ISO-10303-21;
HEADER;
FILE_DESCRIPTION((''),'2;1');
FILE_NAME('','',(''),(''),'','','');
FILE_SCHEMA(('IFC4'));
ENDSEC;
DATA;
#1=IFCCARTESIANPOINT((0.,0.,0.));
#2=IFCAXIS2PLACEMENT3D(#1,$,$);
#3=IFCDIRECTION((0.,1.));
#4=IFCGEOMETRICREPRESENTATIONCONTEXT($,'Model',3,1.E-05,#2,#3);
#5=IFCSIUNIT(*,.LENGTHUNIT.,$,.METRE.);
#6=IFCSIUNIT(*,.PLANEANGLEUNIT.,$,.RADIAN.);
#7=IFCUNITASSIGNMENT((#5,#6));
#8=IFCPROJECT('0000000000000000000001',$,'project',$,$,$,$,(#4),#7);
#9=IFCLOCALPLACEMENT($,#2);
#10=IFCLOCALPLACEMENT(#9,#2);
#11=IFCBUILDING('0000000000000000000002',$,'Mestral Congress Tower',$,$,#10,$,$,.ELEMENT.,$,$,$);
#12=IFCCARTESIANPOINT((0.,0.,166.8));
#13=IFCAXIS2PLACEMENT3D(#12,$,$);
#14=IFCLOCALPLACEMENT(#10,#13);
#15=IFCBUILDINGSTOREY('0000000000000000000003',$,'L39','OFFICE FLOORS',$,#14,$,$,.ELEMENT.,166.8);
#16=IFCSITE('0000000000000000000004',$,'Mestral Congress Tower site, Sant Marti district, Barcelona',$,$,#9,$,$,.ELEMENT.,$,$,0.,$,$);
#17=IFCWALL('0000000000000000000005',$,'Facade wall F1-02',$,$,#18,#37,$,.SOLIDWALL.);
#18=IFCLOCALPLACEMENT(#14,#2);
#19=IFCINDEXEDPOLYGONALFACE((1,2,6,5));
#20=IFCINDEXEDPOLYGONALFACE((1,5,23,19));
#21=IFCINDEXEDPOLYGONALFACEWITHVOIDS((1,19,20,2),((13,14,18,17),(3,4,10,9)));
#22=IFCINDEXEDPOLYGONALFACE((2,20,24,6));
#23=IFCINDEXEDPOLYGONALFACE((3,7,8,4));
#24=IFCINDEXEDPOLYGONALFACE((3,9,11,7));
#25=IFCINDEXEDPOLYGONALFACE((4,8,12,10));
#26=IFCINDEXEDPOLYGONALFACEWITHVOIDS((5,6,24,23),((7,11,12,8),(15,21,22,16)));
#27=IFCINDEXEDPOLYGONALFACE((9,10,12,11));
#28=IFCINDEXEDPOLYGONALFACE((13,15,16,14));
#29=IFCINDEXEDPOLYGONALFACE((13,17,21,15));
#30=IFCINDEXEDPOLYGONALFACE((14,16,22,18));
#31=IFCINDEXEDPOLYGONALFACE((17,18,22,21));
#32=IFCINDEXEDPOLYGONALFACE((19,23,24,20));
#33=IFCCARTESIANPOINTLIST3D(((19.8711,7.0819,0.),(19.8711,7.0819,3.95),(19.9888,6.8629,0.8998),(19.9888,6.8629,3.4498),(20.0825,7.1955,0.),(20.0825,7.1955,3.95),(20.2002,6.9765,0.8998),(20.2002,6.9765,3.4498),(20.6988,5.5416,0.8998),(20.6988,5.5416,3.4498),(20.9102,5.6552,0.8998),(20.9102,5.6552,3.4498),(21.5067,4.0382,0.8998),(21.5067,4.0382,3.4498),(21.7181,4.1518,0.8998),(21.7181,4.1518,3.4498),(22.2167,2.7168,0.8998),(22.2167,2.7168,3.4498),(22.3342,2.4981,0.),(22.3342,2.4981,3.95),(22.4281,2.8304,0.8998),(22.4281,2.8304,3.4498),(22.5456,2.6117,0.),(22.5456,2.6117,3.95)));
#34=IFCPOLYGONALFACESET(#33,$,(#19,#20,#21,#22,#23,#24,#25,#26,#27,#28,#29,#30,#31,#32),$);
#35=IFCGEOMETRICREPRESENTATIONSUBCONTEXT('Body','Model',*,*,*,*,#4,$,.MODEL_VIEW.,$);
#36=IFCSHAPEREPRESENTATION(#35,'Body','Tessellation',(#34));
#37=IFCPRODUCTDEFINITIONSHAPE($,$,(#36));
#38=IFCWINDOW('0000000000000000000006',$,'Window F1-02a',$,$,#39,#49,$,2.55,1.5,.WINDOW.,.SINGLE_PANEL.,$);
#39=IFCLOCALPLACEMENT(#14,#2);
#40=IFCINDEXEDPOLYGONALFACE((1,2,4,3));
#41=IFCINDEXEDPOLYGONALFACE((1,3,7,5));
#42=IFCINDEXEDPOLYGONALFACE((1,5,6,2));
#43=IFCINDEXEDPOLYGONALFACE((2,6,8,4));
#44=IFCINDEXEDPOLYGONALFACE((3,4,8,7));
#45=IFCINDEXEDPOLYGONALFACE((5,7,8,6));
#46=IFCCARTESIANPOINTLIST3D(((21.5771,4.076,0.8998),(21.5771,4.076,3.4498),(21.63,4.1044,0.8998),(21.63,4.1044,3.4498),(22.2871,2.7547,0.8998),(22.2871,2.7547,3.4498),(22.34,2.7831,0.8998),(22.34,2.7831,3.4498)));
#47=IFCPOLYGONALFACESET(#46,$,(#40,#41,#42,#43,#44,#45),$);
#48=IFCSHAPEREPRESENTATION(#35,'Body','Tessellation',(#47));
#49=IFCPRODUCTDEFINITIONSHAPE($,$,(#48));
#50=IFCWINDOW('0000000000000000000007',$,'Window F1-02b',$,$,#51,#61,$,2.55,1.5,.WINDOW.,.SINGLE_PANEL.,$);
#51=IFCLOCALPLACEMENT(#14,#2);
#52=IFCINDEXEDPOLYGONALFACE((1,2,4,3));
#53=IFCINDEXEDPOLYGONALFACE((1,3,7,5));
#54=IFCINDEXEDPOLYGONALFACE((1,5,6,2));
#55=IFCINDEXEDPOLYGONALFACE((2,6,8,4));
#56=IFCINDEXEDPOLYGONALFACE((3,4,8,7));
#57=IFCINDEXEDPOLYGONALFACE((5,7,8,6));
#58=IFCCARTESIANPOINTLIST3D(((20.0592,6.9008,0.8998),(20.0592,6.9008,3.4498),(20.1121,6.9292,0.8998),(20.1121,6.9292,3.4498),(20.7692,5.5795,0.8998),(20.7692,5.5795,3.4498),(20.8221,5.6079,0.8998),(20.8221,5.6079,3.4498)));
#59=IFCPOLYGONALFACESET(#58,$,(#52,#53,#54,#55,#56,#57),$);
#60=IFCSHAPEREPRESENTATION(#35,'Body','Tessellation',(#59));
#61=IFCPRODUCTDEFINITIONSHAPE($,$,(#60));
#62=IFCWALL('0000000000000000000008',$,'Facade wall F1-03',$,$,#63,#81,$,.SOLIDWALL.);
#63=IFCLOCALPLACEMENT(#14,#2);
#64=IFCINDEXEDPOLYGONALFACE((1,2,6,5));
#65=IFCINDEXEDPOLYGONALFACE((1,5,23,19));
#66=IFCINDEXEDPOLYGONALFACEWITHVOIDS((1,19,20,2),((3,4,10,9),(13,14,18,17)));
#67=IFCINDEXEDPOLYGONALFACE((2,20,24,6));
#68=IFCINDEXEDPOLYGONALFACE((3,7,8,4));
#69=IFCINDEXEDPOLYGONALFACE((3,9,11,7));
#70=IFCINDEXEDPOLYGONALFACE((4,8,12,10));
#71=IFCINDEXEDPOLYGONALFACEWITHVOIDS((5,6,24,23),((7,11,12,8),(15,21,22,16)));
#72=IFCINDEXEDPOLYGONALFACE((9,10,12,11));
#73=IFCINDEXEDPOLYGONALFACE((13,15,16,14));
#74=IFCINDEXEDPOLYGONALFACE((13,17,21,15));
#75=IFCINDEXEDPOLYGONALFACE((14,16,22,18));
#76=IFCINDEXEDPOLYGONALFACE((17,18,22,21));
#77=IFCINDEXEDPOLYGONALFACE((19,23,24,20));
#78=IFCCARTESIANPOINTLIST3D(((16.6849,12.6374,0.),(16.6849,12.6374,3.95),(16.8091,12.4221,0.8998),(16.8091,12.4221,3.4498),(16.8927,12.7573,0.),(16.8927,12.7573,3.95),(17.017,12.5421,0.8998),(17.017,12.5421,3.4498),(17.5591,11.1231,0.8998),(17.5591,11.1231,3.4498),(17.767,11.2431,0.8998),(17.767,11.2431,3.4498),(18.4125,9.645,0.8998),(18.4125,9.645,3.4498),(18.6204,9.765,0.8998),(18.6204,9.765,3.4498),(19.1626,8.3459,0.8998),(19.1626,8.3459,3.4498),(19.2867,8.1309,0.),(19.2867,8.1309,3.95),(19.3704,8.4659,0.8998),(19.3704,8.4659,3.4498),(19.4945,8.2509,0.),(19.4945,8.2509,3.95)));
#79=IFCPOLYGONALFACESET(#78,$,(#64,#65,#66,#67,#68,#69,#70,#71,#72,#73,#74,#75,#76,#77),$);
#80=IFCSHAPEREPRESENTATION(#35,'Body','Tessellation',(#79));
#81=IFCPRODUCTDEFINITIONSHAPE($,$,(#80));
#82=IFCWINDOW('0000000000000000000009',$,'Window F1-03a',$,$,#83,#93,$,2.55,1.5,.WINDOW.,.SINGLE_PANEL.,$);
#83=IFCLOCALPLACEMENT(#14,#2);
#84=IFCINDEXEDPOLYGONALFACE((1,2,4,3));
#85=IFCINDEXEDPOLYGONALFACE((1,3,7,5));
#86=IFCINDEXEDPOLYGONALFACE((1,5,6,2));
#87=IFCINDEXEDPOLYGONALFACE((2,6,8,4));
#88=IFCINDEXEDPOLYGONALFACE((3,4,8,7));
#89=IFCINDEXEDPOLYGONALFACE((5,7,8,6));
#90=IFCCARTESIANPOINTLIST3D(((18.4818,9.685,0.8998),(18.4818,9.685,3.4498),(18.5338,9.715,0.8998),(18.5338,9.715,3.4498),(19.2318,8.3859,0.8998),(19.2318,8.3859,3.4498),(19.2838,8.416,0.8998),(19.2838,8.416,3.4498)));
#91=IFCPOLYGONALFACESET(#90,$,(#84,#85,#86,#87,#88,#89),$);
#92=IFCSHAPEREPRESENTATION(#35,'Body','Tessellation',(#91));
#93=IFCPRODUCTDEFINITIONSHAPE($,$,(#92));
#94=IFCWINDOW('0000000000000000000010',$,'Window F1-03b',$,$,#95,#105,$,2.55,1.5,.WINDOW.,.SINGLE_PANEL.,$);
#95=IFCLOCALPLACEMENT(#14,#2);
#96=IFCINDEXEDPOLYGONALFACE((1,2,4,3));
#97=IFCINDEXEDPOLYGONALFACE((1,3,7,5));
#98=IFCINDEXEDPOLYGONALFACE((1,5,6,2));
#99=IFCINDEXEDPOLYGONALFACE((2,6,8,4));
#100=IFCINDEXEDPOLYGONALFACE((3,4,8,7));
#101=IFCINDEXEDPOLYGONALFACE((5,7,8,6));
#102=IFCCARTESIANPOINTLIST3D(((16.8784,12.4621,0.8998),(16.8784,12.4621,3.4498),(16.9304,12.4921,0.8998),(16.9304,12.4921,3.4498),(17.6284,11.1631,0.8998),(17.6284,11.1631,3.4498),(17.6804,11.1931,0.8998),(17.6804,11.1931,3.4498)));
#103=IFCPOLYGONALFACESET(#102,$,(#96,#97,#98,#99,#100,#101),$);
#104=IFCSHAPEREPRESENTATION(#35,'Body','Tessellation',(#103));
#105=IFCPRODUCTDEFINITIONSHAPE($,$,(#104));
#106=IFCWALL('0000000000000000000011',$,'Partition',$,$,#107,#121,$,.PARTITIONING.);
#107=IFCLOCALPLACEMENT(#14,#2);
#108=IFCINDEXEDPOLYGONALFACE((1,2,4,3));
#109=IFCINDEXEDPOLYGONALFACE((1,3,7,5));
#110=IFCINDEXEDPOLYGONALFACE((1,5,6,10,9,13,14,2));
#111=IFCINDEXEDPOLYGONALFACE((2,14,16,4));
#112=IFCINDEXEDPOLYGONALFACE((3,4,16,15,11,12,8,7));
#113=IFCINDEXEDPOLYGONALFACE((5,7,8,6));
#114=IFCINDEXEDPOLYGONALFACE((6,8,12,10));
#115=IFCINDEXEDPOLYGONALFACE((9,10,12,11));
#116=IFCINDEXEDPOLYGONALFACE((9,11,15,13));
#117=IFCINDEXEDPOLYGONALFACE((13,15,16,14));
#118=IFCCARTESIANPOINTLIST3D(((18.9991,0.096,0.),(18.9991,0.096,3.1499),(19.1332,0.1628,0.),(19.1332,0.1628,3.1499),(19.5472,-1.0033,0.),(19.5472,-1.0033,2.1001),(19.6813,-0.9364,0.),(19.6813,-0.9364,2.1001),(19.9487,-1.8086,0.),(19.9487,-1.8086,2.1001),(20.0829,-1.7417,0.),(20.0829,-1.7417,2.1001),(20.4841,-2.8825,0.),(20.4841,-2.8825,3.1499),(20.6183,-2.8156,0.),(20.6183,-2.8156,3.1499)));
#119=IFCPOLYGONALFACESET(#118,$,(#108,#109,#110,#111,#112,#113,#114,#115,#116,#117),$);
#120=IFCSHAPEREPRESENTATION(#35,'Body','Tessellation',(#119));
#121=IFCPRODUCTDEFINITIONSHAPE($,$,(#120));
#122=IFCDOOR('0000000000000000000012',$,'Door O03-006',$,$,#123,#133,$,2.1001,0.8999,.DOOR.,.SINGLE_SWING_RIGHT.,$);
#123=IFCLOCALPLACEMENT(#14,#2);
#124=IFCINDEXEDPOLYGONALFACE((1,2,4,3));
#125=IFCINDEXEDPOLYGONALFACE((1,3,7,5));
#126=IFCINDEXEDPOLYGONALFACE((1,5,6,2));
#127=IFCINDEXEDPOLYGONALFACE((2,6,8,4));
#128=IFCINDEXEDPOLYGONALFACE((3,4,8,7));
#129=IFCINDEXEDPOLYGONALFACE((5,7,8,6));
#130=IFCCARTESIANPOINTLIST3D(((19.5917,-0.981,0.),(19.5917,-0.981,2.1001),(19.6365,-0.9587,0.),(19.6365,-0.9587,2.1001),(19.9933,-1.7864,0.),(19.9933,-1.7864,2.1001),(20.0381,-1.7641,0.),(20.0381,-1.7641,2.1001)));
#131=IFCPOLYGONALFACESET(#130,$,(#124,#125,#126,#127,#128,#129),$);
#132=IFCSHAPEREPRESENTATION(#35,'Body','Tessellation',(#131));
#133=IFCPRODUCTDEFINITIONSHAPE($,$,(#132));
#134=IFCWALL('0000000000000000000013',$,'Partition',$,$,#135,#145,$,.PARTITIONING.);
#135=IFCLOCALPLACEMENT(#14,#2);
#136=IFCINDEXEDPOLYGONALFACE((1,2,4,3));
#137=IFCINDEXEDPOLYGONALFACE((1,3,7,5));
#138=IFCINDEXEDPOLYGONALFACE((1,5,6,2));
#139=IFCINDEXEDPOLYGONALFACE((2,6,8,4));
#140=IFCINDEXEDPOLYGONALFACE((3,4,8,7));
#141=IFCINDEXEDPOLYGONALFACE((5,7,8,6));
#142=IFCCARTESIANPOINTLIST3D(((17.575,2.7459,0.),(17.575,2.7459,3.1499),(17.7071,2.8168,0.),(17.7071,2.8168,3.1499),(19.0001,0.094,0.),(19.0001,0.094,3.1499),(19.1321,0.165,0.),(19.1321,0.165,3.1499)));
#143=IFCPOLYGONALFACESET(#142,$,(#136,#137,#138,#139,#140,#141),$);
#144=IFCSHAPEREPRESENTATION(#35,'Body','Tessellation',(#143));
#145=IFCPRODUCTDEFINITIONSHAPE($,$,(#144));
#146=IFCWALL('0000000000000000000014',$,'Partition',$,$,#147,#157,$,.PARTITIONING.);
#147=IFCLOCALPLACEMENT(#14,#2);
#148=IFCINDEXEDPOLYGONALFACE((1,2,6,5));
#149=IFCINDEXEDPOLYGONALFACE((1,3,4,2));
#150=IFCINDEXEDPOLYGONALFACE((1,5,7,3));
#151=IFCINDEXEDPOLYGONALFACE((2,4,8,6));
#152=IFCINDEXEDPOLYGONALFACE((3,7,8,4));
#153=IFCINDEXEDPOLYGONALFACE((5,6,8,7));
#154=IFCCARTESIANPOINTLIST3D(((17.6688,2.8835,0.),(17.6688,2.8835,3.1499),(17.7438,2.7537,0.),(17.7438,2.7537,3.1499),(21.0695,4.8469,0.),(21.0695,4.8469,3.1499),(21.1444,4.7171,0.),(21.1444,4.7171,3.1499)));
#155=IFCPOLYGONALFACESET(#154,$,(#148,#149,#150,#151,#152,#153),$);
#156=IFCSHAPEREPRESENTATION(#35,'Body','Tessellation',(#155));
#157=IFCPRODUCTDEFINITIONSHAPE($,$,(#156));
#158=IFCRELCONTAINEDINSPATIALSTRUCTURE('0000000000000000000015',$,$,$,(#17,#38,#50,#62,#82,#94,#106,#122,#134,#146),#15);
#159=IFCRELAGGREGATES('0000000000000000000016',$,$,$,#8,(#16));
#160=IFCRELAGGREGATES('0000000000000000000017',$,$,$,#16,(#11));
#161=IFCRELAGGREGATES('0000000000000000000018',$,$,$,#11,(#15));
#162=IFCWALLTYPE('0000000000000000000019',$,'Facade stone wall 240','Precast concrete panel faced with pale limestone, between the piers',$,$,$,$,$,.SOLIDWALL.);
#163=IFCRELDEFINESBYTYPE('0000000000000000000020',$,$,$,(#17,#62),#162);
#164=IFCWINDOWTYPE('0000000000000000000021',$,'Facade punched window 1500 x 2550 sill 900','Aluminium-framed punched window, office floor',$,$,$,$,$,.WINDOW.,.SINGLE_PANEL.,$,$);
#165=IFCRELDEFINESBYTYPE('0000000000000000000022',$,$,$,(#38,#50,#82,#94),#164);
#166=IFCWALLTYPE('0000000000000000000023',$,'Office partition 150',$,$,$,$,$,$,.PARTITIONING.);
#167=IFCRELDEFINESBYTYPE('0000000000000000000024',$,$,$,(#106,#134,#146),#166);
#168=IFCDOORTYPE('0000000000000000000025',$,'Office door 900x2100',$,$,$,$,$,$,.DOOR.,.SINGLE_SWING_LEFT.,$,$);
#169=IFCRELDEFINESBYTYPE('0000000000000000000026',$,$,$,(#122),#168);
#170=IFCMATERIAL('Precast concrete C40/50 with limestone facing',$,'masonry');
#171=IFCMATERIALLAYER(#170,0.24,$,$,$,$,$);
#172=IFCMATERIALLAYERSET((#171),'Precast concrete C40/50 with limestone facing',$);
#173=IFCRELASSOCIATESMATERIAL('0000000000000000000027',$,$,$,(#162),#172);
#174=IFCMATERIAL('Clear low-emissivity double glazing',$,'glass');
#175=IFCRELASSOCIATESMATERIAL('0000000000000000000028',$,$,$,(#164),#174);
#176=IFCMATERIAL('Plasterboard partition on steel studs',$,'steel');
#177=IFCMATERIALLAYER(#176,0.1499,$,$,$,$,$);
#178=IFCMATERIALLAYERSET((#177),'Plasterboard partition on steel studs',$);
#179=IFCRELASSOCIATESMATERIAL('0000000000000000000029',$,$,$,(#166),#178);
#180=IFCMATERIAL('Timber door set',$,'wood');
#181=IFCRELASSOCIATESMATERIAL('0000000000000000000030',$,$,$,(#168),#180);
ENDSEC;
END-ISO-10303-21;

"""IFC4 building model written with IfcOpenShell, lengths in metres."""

from ifc_helpers import new_model, si_unit, direction, frame, frame_2d, origin, place, context, subcontext, project, spatial, rectangle, extrude, material, layer, layer_set, type_object, element, fill, save


model = new_model("IFC4")

# Units and contexts
model_context = context("Model", 3, precision=1e-05, world=origin(), true_north=direction((0.0, 1.0)))
body_context = subcontext(model_context, "Body", "Model", "MODEL_VIEW")
ifc_project = project(units=[si_unit("LENGTHUNIT", "METRE"), si_unit("PLANEANGLEUNIT", "RADIAN")], contexts=[model_context])

# Site, building, storey
site_placement = place(None, origin())
site = spatial("IfcSite", under=ifc_project, at=site_placement, Name="Mestral Congress Tower site, Sant Marti district, Barcelona", CompositionType="ELEMENT", RefElevation=0.0)
building_placement = place(site_placement, origin())
building = spatial("IfcBuilding", under=site, at=building_placement, Name="Mestral Congress Tower", CompositionType="ELEMENT")
storey_placement = place(building_placement, frame((0.0, 0.0, 166.8)))
storey = spatial("IfcBuildingStorey", under=building, at=storey_placement, Name="L39", Description="OFFICE FLOORS", CompositionType="ELEMENT", Elevation=166.8)

# Walls, openings, windows
ifc_material_1 = material(Name="Precast concrete C40/50 with limestone facing", Category="masonry")
ifc_layer_1 = layer(ifc_material_1, 0.24)
ifc_layer_set_1 = layer_set([ifc_layer_1], Name="Precast concrete C40/50 with limestone facing")
wall_type_1 = type_object("IfcWallType", Name="Facade stone wall 240", Description="Precast concrete panel faced with pale limestone, between the piers", PredefinedType="SOLIDWALL", material=ifc_layer_set_1)
wall_1_placement = place(storey_placement, frame((22.4399, 2.5549, 0.0), z_axis=(0.0, 0.0, 1.0), x_axis=(-0.47335, 0.880875, 0.0)))
wall_1 = element("IfcWall", 1, at=wall_1_placement, inside=storey, type_object=wall_type_1, Name="Facade wall F1-02", PredefinedType="SOLIDWALL", context=body_context, shape_type="SweptSolid", body=[
    extrude(rectangle(XDim=5.2036, YDim=0.24, at=frame_2d((2.6018, 0.0))), origin(), (0.0, 0.0, 1.0), 3.95),
])
opening_1_placement = place(wall_1_placement, frame((0.2483, 0.0, 0.8999)))
opening_1 = element("IfcOpeningElement", 2, at=opening_1_placement, cuts=wall_1, PredefinedType="OPENING", context=body_context, shape_type="SweptSolid", body=[
    extrude(rectangle(XDim=1.5, YDim=2.55, at=frame_2d((0.75, 1.2749))), frame((0.0, 0.1299, 0.0), z_axis=(0.0, -1.0, 0.0), x_axis=(1.0, 0.0, 0.0)), (0.0, 0.0, 1.0), 0.26),
])
opening_2_placement = place(wall_1_placement, frame((3.4551, 0.0, 0.8999)))
opening_2 = element("IfcOpeningElement", 3, at=opening_2_placement, cuts=wall_1, PredefinedType="OPENING", context=body_context, shape_type="SweptSolid", body=[
    extrude(rectangle(XDim=1.5, YDim=2.55, at=frame_2d((0.75, 1.2749))), frame((0.0, 0.1299, 0.0), z_axis=(0.0, -1.0, 0.0), x_axis=(1.0, 0.0, 0.0)), (0.0, 0.0, 1.0), 0.26),
])
ifc_material_2 = material(Name="Clear low-emissivity double glazing", Category="glass")
window_type = type_object("IfcWindowType", Name="Facade punched window 1500 x 2550 sill 900", Description="Aluminium-framed punched window, office floor", PartitioningType="SINGLE_PANEL", PredefinedType="WINDOW", material=ifc_material_2)
window_1_placement = place(opening_1_placement, origin())
window_1 = element("IfcWindow", 4, at=window_1_placement, inside=storey, type_object=window_type, Name="Window F1-02a", OverallHeight=2.55, OverallWidth=1.5, PartitioningType="SINGLE_PANEL", PredefinedType="WINDOW", context=body_context, shape_type="SweptSolid", body=[
    extrude(rectangle(XDim=1.5, YDim=2.55, at=frame_2d((0.75, 1.2749))), frame((0.0, 0.04, 0.0), z_axis=(0.0, -1.0, 0.0), x_axis=(1.0, 0.0, 0.0)), (0.0, 0.0, 1.0), 0.0601),
])
fill(opening_1, window_1)
window_2_placement = place(opening_2_placement, origin())
window_2 = element("IfcWindow", 5, at=window_2_placement, inside=storey, type_object=window_type, Name="Window F1-02b", OverallHeight=2.55, OverallWidth=1.5, PartitioningType="SINGLE_PANEL", PredefinedType="WINDOW", context=body_context, shape_type="SweptSolid", body=[
    extrude(rectangle(XDim=1.5, YDim=2.55, at=frame_2d((0.75, 1.2749))), frame((0.0, 0.04, 0.0), z_axis=(0.0, -1.0, 0.0), x_axis=(1.0, 0.0, 0.0)), (0.0, 0.0, 1.0), 0.0601),
])
fill(opening_2, window_2)
wall_2_placement = place(storey_placement, frame((19.3906, 8.1909, 0.0), z_axis=(0.0, 0.0, 1.0), x_axis=(-0.500009, 0.86602, 0.0)))
wall_2 = element("IfcWall", 6, at=wall_2_placement, inside=storey, type_object=wall_type_1, Name="Facade wall F1-03", PredefinedType="SOLIDWALL", context=body_context, shape_type="SweptSolid", body=[
    extrude(rectangle(XDim=5.2036, YDim=0.24, at=frame_2d((2.6018, 0.0))), origin(), (0.0, 0.0, 1.0), 3.95),
])
opening_3_placement = place(wall_2_placement, frame((0.2483, 0.0, 0.8999)))
opening_3 = element("IfcOpeningElement", 7, at=opening_3_placement, cuts=wall_2, PredefinedType="OPENING", context=body_context, shape_type="SweptSolid", body=[
    extrude(rectangle(XDim=1.5, YDim=2.55, at=frame_2d((0.75, 1.2749))), frame((0.0, 0.1299, 0.0), z_axis=(0.0, -1.0, 0.0), x_axis=(1.0, 0.0, 0.0)), (0.0, 0.0, 1.0), 0.26),
])
opening_4_placement = place(wall_2_placement, frame((3.4551, 0.0, 0.8999)))
opening_4 = element("IfcOpeningElement", 8, at=opening_4_placement, cuts=wall_2, PredefinedType="OPENING", context=body_context, shape_type="SweptSolid", body=[
    extrude(rectangle(XDim=1.5, YDim=2.55, at=frame_2d((0.75, 1.2749))), frame((0.0, 0.1299, 0.0), z_axis=(0.0, -1.0, 0.0), x_axis=(1.0, 0.0, 0.0)), (0.0, 0.0, 1.0), 0.26),
])
window_3_placement = place(opening_3_placement, origin())
window_3 = element("IfcWindow", 9, at=window_3_placement, inside=storey, type_object=window_type, Name="Window F1-03a", OverallHeight=2.55, OverallWidth=1.5, PartitioningType="SINGLE_PANEL", PredefinedType="WINDOW", context=body_context, shape_type="SweptSolid", body=[
    extrude(rectangle(XDim=1.5, YDim=2.55, at=frame_2d((0.75, 1.2749))), frame((0.0, 0.04, 0.0), z_axis=(0.0, -1.0, 0.0), x_axis=(1.0, 0.0, 0.0)), (0.0, 0.0, 1.0), 0.0601),
])
fill(opening_3, window_3)
window_4_placement = place(opening_4_placement, origin())
window_4 = element("IfcWindow", 10, at=window_4_placement, inside=storey, type_object=window_type, Name="Window F1-03b", OverallHeight=2.55, OverallWidth=1.5, PartitioningType="SINGLE_PANEL", PredefinedType="WINDOW", context=body_context, shape_type="SweptSolid", body=[
    extrude(rectangle(XDim=1.5, YDim=2.55, at=frame_2d((0.75, 1.2749))), frame((0.0, 0.04, 0.0), z_axis=(0.0, -1.0, 0.0), x_axis=(1.0, 0.0, 0.0)), (0.0, 0.0, 1.0), 0.0601),
])
fill(opening_4, window_4)

# Wall, opening, door
ifc_material_3 = material(Name="Plasterboard partition on steel studs", Category="steel")
ifc_layer_2 = layer(ifc_material_3, 0.1499)
ifc_layer_set_2 = layer_set([ifc_layer_2], Name="Plasterboard partition on steel studs")
wall_type_2 = type_object("IfcWallType", Name="Office partition 150", PredefinedType="PARTITIONING", material=ifc_layer_set_2)
wall_3_placement = place(storey_placement, frame((19.0662, 0.1294, 0.0), z_axis=(0.0, 0.0, 1.0), x_axis=(0.446216, -0.894925, 0.0)))
wall_3 = element("IfcWall", 11, at=wall_3_placement, inside=storey, type_object=wall_type_2, Name="Partition", PredefinedType="PARTITIONING", context=body_context, shape_type="SweptSolid", body=[
    extrude(rectangle(XDim=3.3281, YDim=0.1499, at=frame_2d((1.6641, 0.0))), origin(), (0.0, 0.0, 1.0), 3.1499),
])
opening_5_placement = place(wall_3_placement, frame((1.2283, 0.0, 0.0)))
opening_5 = element("IfcOpeningElement", 12, at=opening_5_placement, cuts=wall_3, PredefinedType="OPENING", context=body_context, shape_type="SweptSolid", body=[
    extrude(rectangle(XDim=0.8999, YDim=2.1001, at=frame_2d((0.45, 1.05))), frame((0.0, 0.085, 0.0), z_axis=(0.0, -1.0, 0.0), x_axis=(1.0, 0.0, 0.0)), (0.0, 0.0, 1.0), 0.1699),
])
ifc_material_4 = material(Name="Timber door set", Category="wood")
door_type_1 = type_object("IfcDoorType", Name="Office door 900x2100", OperationType="SINGLE_SWING_LEFT", PredefinedType="DOOR", material=ifc_material_4)
door_1_placement = place(opening_5_placement, origin())
door_1 = element("IfcDoor", 13, at=door_1_placement, inside=storey, type_object=door_type_1, Name="Door O03-006", OperationType="SINGLE_SWING_RIGHT", OverallHeight=2.1001, OverallWidth=0.8999, PredefinedType="DOOR", context=body_context, shape_type="SweptSolid", body=[
    extrude(rectangle(XDim=0.8999, YDim=2.1001, at=frame_2d((0.45, 1.05))), frame((0.0, 0.0249, 0.0), z_axis=(0.0, -1.0, 0.0), x_axis=(1.0, 0.0, 0.0)), (0.0, 0.0, 1.0), 0.05),
])
fill(opening_5, door_1)

# Walls
wall_4_placement = place(storey_placement, frame((19.0662, 0.1294, 0.0), z_axis=(0.0, 0.0, 1.0), x_axis=(-0.47336, 0.880869, 0.0)))
element("IfcWall", 14, at=wall_4_placement, inside=storey, type_object=wall_type_2, Name="Partition", PredefinedType="PARTITIONING", context=body_context, shape_type="SweptSolid", body=[
    extrude(rectangle(XDim=3.0105, YDim=0.1499, at=frame_2d((1.5054, 0.0))), origin(), (0.0, 0.0, 1.0), 3.1499),
])
wall_5_placement = place(storey_placement, frame((17.7063, 2.8186, 0.0), z_axis=(0.0, 0.0, 1.0), x_axis=(0.866023, 0.500004, 0.0)))
element("IfcWall", 15, at=wall_5_placement, inside=storey, type_object=wall_type_2, Name="Partition", PredefinedType="PARTITIONING", context=body_context, shape_type="SweptSolid", body=[
    extrude(rectangle(XDim=3.9268, YDim=0.1499, at=frame_2d((1.9634, 0.0))), origin(), (0.0, 0.0, 1.0), 3.1499),
])

save(model, "model.ifc")
